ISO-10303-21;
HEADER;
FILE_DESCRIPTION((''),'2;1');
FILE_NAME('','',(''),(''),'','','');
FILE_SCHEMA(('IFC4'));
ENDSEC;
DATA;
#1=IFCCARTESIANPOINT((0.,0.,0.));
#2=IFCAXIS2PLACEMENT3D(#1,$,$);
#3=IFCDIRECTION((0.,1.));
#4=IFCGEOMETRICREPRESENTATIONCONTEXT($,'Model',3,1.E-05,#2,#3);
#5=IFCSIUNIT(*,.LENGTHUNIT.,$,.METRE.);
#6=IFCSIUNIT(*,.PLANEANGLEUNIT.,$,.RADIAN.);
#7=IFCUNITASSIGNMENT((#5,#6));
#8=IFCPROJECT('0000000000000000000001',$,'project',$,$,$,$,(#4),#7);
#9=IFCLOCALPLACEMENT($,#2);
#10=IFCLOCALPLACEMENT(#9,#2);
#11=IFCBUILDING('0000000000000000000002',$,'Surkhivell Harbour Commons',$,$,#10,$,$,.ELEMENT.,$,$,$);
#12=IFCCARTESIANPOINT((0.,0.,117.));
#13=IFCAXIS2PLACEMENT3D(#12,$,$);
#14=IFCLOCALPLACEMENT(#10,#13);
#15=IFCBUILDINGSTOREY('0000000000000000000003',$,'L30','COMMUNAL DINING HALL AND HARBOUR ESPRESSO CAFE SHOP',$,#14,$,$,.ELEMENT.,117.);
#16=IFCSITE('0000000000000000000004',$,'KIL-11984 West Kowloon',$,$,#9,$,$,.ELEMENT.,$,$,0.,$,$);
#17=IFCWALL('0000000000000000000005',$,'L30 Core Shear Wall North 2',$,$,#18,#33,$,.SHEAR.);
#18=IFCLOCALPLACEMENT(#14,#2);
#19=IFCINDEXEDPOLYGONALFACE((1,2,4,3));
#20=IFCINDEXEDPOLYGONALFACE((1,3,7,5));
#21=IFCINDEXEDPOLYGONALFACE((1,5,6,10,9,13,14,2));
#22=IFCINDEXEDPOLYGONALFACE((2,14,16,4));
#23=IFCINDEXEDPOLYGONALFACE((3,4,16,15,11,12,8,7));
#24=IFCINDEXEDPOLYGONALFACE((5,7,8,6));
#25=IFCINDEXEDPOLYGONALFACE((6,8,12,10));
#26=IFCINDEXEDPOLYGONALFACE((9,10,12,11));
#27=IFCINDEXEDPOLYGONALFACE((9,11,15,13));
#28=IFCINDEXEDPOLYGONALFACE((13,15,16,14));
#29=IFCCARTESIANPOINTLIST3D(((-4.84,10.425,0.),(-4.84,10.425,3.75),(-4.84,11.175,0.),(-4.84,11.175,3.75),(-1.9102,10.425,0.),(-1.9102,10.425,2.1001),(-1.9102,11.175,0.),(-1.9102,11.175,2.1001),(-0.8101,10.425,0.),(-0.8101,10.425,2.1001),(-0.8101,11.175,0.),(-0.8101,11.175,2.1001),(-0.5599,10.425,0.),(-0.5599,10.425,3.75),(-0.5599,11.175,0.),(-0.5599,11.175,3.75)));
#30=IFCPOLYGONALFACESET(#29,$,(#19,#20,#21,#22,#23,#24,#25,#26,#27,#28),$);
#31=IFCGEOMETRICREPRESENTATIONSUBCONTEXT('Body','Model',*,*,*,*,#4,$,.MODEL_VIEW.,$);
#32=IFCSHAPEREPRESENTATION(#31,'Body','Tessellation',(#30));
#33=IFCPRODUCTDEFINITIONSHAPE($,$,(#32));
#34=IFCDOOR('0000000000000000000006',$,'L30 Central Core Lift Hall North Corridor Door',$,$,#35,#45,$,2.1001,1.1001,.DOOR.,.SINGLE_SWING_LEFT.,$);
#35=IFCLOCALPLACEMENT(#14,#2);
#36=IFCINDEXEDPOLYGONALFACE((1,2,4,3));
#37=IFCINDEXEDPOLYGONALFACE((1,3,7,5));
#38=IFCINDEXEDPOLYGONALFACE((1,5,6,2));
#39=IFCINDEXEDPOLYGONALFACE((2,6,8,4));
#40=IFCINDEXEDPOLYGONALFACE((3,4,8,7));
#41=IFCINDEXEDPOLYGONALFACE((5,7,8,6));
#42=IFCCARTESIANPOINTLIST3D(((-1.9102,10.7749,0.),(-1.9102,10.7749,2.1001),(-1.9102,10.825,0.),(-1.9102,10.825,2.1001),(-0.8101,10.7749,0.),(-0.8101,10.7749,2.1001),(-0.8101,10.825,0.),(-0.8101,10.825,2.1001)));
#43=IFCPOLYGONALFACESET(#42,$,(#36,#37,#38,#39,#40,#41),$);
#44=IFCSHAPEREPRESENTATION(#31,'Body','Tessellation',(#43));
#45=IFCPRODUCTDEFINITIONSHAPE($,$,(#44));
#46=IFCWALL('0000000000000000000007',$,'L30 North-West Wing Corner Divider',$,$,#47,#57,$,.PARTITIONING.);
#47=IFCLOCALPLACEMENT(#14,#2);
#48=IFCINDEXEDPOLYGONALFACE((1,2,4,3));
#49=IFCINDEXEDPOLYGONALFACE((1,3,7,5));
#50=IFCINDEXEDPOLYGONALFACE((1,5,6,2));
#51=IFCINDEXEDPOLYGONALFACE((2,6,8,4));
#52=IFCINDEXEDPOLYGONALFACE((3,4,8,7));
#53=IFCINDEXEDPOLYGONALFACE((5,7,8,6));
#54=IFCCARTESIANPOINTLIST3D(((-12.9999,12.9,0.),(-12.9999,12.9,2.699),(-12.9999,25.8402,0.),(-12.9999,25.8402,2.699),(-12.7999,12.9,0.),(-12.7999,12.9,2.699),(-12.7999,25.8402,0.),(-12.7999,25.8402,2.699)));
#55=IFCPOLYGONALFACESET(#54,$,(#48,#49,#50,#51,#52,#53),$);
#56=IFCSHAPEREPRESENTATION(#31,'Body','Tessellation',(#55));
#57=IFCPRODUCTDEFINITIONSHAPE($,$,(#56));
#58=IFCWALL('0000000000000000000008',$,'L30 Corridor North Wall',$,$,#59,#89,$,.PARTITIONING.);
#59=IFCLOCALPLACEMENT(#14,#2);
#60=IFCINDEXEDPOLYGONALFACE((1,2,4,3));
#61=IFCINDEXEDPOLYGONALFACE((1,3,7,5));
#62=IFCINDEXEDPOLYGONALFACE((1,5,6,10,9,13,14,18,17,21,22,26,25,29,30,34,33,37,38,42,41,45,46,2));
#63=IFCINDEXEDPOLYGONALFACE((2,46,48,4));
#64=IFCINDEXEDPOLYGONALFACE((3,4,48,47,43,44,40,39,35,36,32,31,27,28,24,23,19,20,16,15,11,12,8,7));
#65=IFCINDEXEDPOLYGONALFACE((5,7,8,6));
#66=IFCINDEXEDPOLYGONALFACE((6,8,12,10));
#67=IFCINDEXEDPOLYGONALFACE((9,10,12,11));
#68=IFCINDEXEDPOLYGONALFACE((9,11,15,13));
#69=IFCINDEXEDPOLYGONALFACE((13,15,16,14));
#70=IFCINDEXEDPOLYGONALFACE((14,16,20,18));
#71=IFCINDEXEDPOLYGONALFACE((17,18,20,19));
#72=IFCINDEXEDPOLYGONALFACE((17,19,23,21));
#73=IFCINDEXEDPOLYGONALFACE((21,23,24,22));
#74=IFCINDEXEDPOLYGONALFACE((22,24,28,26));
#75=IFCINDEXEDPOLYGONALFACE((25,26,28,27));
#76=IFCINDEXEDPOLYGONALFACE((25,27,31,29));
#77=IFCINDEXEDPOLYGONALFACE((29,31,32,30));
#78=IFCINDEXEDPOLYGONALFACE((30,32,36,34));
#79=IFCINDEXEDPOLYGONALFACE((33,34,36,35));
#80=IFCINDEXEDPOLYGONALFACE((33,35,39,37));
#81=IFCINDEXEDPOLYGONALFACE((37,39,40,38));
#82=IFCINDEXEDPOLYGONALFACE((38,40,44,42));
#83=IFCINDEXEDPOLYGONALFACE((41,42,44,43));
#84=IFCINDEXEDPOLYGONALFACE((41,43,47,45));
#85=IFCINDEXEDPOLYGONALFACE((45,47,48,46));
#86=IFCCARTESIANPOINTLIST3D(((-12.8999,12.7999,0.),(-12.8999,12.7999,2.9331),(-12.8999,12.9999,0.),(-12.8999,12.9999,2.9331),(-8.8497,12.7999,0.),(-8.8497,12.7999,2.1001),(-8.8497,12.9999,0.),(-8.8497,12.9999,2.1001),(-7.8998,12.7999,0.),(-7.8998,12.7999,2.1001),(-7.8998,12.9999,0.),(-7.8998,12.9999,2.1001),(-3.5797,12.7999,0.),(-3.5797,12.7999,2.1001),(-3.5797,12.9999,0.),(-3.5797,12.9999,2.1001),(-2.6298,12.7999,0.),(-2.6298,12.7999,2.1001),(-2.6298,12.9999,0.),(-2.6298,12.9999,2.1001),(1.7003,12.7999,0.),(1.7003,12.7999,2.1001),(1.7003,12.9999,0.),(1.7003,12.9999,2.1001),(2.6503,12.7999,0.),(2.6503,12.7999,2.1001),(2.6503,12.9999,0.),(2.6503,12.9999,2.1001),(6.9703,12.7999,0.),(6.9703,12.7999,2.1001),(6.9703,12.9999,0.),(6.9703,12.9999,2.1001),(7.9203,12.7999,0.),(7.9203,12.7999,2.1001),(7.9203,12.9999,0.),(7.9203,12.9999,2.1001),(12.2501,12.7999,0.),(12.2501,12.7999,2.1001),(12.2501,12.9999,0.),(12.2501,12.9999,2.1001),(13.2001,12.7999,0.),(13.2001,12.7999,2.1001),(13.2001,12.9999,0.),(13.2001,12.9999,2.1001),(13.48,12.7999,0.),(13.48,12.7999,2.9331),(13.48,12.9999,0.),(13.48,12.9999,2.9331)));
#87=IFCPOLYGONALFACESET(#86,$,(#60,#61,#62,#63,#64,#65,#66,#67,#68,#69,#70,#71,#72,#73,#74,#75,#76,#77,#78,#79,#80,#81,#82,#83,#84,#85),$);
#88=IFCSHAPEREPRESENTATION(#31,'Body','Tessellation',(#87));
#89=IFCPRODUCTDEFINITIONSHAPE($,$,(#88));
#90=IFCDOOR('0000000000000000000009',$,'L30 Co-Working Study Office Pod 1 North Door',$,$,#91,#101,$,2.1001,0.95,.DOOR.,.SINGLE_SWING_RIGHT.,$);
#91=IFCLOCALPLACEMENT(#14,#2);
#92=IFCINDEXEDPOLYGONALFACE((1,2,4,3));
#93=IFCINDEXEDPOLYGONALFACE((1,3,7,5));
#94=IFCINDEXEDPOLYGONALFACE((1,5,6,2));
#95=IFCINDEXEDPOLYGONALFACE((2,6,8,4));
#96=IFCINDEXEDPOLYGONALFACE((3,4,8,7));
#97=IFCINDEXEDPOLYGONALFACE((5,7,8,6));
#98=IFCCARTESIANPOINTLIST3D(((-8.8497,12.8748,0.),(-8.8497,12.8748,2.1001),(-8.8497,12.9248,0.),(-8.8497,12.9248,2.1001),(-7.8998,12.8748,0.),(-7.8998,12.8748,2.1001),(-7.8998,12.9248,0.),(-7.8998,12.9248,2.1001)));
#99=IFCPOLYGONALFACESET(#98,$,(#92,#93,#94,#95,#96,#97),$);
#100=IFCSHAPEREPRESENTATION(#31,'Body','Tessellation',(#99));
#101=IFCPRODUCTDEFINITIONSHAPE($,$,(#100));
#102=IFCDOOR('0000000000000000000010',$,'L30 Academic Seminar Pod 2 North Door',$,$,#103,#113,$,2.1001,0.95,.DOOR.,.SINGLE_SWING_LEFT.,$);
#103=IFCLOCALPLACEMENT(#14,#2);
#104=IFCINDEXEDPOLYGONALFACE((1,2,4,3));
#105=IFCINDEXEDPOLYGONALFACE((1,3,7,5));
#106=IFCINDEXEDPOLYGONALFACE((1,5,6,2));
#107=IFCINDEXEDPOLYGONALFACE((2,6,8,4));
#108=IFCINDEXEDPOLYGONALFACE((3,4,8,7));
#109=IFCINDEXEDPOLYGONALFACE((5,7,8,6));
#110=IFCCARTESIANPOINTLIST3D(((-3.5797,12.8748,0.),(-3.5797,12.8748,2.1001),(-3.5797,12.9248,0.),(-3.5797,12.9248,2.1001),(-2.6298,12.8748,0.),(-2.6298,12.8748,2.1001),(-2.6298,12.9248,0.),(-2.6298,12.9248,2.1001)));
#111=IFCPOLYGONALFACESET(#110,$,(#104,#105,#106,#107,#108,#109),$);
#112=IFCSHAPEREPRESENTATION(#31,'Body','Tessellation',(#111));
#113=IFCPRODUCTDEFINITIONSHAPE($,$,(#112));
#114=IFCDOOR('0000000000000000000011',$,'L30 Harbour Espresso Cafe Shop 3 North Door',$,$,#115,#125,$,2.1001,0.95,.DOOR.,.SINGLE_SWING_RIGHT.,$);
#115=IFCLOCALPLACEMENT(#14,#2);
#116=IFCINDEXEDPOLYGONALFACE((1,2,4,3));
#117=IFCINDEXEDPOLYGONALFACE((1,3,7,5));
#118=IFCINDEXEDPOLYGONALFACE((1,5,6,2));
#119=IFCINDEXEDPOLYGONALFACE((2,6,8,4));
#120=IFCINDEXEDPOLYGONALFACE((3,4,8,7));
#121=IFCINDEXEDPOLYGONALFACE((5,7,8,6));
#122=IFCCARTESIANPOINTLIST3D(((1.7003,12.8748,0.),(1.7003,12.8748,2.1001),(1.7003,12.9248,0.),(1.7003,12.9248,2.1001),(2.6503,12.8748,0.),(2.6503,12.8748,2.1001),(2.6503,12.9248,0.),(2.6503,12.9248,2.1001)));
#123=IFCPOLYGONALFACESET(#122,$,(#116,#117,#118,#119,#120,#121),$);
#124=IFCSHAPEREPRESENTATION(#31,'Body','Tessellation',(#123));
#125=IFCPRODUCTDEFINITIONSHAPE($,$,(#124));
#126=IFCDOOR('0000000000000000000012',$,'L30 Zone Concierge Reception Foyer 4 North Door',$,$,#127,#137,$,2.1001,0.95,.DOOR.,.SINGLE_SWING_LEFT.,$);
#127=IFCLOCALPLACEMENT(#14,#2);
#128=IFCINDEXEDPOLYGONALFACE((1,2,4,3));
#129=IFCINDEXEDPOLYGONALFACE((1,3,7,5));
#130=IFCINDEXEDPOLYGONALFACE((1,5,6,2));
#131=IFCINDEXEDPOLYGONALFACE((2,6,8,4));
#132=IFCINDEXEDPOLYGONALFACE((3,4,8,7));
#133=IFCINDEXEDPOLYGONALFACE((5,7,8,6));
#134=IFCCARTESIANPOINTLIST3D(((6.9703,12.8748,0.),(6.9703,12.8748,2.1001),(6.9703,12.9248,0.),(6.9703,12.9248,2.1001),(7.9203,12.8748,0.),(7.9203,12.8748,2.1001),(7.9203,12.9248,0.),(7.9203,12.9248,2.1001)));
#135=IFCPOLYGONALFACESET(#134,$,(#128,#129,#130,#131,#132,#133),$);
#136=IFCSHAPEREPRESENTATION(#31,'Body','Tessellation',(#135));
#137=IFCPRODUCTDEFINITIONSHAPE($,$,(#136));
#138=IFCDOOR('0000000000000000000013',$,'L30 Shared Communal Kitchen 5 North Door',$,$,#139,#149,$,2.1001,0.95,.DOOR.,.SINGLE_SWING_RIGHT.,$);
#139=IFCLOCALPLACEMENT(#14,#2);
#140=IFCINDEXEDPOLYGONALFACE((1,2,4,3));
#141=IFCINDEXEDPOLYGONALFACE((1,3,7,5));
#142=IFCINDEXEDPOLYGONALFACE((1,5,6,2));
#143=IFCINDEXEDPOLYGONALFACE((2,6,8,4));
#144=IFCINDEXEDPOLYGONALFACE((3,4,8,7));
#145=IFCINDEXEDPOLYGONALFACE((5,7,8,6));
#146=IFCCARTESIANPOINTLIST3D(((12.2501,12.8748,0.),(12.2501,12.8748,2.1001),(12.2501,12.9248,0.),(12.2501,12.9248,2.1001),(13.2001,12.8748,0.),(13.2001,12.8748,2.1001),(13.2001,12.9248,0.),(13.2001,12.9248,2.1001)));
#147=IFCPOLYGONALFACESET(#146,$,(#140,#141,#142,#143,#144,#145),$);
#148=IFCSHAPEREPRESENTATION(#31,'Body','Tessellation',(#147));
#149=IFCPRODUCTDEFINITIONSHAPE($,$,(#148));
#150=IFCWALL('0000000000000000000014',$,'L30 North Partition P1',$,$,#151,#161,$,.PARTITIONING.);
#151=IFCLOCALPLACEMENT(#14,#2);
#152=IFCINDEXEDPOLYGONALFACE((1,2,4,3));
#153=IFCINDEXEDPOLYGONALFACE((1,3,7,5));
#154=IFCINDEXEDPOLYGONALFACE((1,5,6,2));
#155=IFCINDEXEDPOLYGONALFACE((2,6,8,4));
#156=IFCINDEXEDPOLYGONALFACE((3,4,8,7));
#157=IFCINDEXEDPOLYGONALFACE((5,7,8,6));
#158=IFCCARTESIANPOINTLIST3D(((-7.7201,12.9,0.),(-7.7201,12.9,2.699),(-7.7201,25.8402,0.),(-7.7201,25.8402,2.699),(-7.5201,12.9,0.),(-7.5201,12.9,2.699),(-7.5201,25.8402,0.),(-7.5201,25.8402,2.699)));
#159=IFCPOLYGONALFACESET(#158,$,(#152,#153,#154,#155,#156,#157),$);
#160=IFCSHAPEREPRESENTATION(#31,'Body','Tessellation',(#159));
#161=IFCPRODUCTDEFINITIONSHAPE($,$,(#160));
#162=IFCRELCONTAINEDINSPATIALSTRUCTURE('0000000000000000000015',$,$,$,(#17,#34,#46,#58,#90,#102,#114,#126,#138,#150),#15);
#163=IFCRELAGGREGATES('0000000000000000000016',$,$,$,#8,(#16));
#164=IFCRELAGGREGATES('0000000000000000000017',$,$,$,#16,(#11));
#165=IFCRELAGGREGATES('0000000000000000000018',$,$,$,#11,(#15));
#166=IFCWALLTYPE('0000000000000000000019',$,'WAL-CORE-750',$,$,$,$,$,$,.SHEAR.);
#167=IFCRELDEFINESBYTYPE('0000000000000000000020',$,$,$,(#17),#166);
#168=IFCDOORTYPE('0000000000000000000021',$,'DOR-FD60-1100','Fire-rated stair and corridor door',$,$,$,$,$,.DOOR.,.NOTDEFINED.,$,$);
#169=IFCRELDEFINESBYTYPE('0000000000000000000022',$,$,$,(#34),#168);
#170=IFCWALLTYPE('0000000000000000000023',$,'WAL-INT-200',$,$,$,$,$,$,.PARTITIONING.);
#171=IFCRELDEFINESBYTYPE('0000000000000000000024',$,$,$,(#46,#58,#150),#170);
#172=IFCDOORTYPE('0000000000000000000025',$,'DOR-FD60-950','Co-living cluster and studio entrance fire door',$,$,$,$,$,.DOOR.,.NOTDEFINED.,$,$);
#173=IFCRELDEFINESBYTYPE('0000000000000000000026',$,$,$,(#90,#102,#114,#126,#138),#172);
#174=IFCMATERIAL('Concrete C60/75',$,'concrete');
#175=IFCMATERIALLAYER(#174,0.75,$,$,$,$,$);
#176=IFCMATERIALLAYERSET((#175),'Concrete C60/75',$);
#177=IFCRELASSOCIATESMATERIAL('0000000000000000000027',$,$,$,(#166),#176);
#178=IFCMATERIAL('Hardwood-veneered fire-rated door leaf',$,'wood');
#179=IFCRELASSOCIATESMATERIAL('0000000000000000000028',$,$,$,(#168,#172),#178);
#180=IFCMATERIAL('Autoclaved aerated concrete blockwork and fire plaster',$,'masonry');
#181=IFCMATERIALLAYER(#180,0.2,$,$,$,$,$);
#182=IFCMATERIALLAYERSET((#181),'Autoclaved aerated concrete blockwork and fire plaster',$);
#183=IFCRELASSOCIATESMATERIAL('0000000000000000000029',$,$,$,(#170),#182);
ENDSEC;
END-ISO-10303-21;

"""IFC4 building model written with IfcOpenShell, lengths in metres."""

from ifc_helpers import new_model, si_unit, direction, frame, frame_2d, origin, place, context, subcontext, project, spatial, rectangle, extrude, material, layer, layer_set, type_object, element, fill, save


model = new_model("IFC4")

# Units and contexts
model_context = context("Model", 3, precision=1e-05, world=origin(), true_north=direction((0.0, 1.0)))
body_context = subcontext(model_context, "Body", "Model", "MODEL_VIEW")
ifc_project = project(units=[si_unit("LENGTHUNIT", "METRE"), si_unit("PLANEANGLEUNIT", "RADIAN")], contexts=[model_context])

# Site, building, storey
site_placement = place(None, origin())
site = spatial("IfcSite", under=ifc_project, at=site_placement, Name="KIL-11984 West Kowloon", CompositionType="ELEMENT", RefElevation=0.0)
building_placement = place(site_placement, origin())
building = spatial("IfcBuilding", under=site, at=building_placement, Name="Surkhivell Harbour Commons", CompositionType="ELEMENT")
storey_placement = place(building_placement, frame((0.0, 0.0, 117.0)))
storey = spatial("IfcBuildingStorey", under=building, at=storey_placement, Name="L30", Description="COMMUNAL DINING HALL AND HARBOUR ESPRESSO CAFE SHOP", CompositionType="ELEMENT", Elevation=117.0)

# Shared definitions
ifc_material_1 = material(Name="Concrete C60/75", Category="concrete")

# Shared definitions
ifc_layer_1 = layer(ifc_material_1, 0.75)
ifc_layer_set_1 = layer_set([ifc_layer_1], Name="Concrete C60/75")
wall_type_1 = type_object("IfcWallType", Name="WAL-CORE-750", PredefinedType="SHEAR", material=ifc_layer_set_1)

# Wall, opening, door
wall_1_placement = place(storey_placement, frame((-4.8401, 10.8, 0.0), z_axis=(0.0, 0.0, 1.0), x_axis=(1.0, 0.0, 0.0)))
wall_1 = element("IfcWall", 1, at=wall_1_placement, inside=storey, type_object=wall_type_1, Name="L30 Core Shear Wall North 2", PredefinedType="SHEAR", context=body_context, shape_type="SweptSolid", body=[
    extrude(rectangle(XDim=4.28, YDim=0.75, at=frame_2d((2.1401, 0.0))), origin(), (0.0, 0.0, 1.0), 3.75),
])
opening_1_placement = place(wall_1_placement, frame((2.9299, 0.0, 0.0)))
opening_1 = element("IfcOpeningElement", 2, at=opening_1_placement, cuts=wall_1, PredefinedType="OPENING", context=body_context, shape_type="SweptSolid", body=[
    extrude(rectangle(XDim=1.1001, YDim=2.1001, at=frame_2d((0.55, 1.05))), frame((0.0, 0.385, 0.0), z_axis=(0.0, -1.0, 0.0), x_axis=(1.0, 0.0, 0.0)), (0.0, 0.0, 1.0), 0.77),
])
ifc_material_2 = material(Name="Hardwood-veneered fire-rated door leaf", Category="wood")
door_type_1 = type_object("IfcDoorType", Name="DOR-FD60-1100", Description="Fire-rated stair and corridor door", OperationType="NOTDEFINED", PredefinedType="DOOR", material=ifc_material_2)
door_1_placement = place(opening_1_placement, origin())
door_1 = element("IfcDoor", 3, at=door_1_placement, inside=storey, type_object=door_type_1, Name="L30 Central Core Lift Hall North Corridor Door", OperationType="SINGLE_SWING_LEFT", OverallHeight=2.1001, OverallWidth=1.1001, PredefinedType="DOOR", context=body_context, shape_type="SweptSolid", body=[
    extrude(rectangle(XDim=1.1001, YDim=2.1001, at=frame_2d((0.55, 1.05))), frame((0.0, 0.0249, 0.0), z_axis=(0.0, -1.0, 0.0), x_axis=(1.0, 0.0, 0.0)), (0.0, 0.0, 1.0), 0.05),
])
fill(opening_1, door_1)

# Wall
ifc_material_3 = material(Name="Autoclaved aerated concrete blockwork and fire plaster", Category="masonry")
ifc_layer_2 = layer(ifc_material_3, 0.2)
ifc_layer_set_2 = layer_set([ifc_layer_2], Name="Autoclaved aerated concrete blockwork and fire plaster")
wall_type_2 = type_object("IfcWallType", Name="WAL-INT-200", PredefinedType="PARTITIONING", material=ifc_layer_set_2)
wall_2_placement = place(storey_placement, frame((-12.8999, 12.8999, 0.0), z_axis=(0.0, 0.0, 1.0), x_axis=(0.0, 1.0, 0.0)))
element("IfcWall", 4, at=wall_2_placement, inside=storey, type_object=wall_type_2, Name="L30 North-West Wing Corner Divider", PredefinedType="PARTITIONING", context=body_context, shape_type="SweptSolid", body=[
    extrude(rectangle(XDim=12.9402, YDim=0.2, at=frame_2d((6.4702, 0.0))), origin(), (0.0, 0.0, 1.0), 2.699),
])

# Wall, openings, doors
wall_3_placement = place(storey_placement, frame((-12.8999, 12.8999, 0.0), z_axis=(0.0, 0.0, 1.0), x_axis=(1.0, 0.0, 0.0)))
wall_3 = element("IfcWall", 5, at=wall_3_placement, inside=storey, type_object=wall_type_2, Name="L30 Corridor North Wall", PredefinedType="PARTITIONING", context=body_context, shape_type="SweptSolid", body=[
    extrude(rectangle(XDim=26.3799, YDim=0.2, at=frame_2d((13.1899, 0.0))), origin(), (0.0, 0.0, 1.0), 2.9331),
])
opening_2_placement = place(wall_3_placement, frame((4.05, 0.0, 0.0)))
opening_2 = element("IfcOpeningElement", 6, at=opening_2_placement, cuts=wall_3, PredefinedType="OPENING", context=body_context, shape_type="SweptSolid", body=[
    extrude(rectangle(XDim=0.95, YDim=2.1001, at=frame_2d((0.4751, 1.05))), frame((0.0, 0.1099, 0.0), z_axis=(0.0, -1.0, 0.0), x_axis=(1.0, 0.0, 0.0)), (0.0, 0.0, 1.0), 0.22),
])
opening_3_placement = place(wall_3_placement, frame((9.3201, 0.0, 0.0)))
opening_3 = element("IfcOpeningElement", 7, at=opening_3_placement, cuts=wall_3, PredefinedType="OPENING", context=body_context, shape_type="SweptSolid", body=[
    extrude(rectangle(XDim=0.95, YDim=2.1001, at=frame_2d((0.4751, 1.05))), frame((0.0, 0.1099, 0.0), z_axis=(0.0, -1.0, 0.0), x_axis=(1.0, 0.0, 0.0)), (0.0, 0.0, 1.0), 0.22),
])
opening_4_placement = place(wall_3_placement, frame((14.6001, 0.0, 0.0)))
opening_4 = element("IfcOpeningElement", 8, at=opening_4_placement, cuts=wall_3, PredefinedType="OPENING", context=body_context, shape_type="SweptSolid", body=[
    extrude(rectangle(XDim=0.95, YDim=2.1001, at=frame_2d((0.4751, 1.05))), frame((0.0, 0.1099, 0.0), z_axis=(0.0, -1.0, 0.0), x_axis=(1.0, 0.0, 0.0)), (0.0, 0.0, 1.0), 0.22),
])
opening_5_placement = place(wall_3_placement, frame((19.8701, 0.0, 0.0)))
opening_5 = element("IfcOpeningElement", 9, at=opening_5_placement, cuts=wall_3, PredefinedType="OPENING", context=body_context, shape_type="SweptSolid", body=[
    extrude(rectangle(XDim=0.95, YDim=2.1001, at=frame_2d((0.4751, 1.05))), frame((0.0, 0.1099, 0.0), z_axis=(0.0, -1.0, 0.0), x_axis=(1.0, 0.0, 0.0)), (0.0, 0.0, 1.0), 0.22),
])
opening_6_placement = place(wall_3_placement, frame((25.1499, 0.0, 0.0)))
opening_6 = element("IfcOpeningElement", 10, at=opening_6_placement, cuts=wall_3, PredefinedType="OPENING", context=body_context, shape_type="SweptSolid", body=[
    extrude(rectangle(XDim=0.95, YDim=2.1001, at=frame_2d((0.4751, 1.05))), frame((0.0, 0.1099, 0.0), z_axis=(0.0, -1.0, 0.0), x_axis=(1.0, 0.0, 0.0)), (0.0, 0.0, 1.0), 0.22),
])
door_type_2 = type_object("IfcDoorType", Name="DOR-FD60-950", Description="Co-living cluster and studio entrance fire door", OperationType="NOTDEFINED", PredefinedType="DOOR", material=ifc_material_2)
door_2_placement = place(opening_2_placement, origin())
door_2 = element("IfcDoor", 11, at=door_2_placement, inside=storey, type_object=door_type_2, Name="L30 Co-Working Study Office Pod 1 North Door", OperationType="SINGLE_SWING_RIGHT", OverallHeight=2.1001, OverallWidth=0.95, PredefinedType="DOOR", context=body_context, shape_type="SweptSolid", body=[
    extrude(rectangle(XDim=0.95, YDim=2.1001, at=frame_2d((0.4751, 1.05))), frame((0.0, 0.0249, 0.0), z_axis=(0.0, -1.0, 0.0), x_axis=(1.0, 0.0, 0.0)), (0.0, 0.0, 1.0), 0.05),
])
fill(opening_2, door_2)
door_3_placement = place(opening_3_placement, origin())
door_3 = element("IfcDoor", 12, at=door_3_placement, inside=storey, type_object=door_type_2, Name="L30 Academic Seminar Pod 2 North Door", OperationType="SINGLE_SWING_LEFT", OverallHeight=2.1001, OverallWidth=0.95, PredefinedType="DOOR", context=body_context, shape_type="SweptSolid", body=[
    extrude(rectangle(XDim=0.95, YDim=2.1001, at=frame_2d((0.4751, 1.05))), frame((0.0, 0.0249, 0.0), z_axis=(0.0, -1.0, 0.0), x_axis=(1.0, 0.0, 0.0)), (0.0, 0.0, 1.0), 0.05),
])
fill(opening_3, door_3)
door_4_placement = place(opening_4_placement, origin())
door_4 = element("IfcDoor", 13, at=door_4_placement, inside=storey, type_object=door_type_2, Name="L30 Harbour Espresso Cafe Shop 3 North Door", OperationType="SINGLE_SWING_RIGHT", OverallHeight=2.1001, OverallWidth=0.95, PredefinedType="DOOR", context=body_context, shape_type="SweptSolid", body=[
    extrude(rectangle(XDim=0.95, YDim=2.1001, at=frame_2d((0.4751, 1.05))), frame((0.0, 0.0249, 0.0), z_axis=(0.0, -1.0, 0.0), x_axis=(1.0, 0.0, 0.0)), (0.0, 0.0, 1.0), 0.05),
])
fill(opening_4, door_4)
door_5_placement = place(opening_5_placement, origin())
door_5 = element("IfcDoor", 14, at=door_5_placement, inside=storey, type_object=door_type_2, Name="L30 Zone Concierge Reception Foyer 4 North Door", OperationType="SINGLE_SWING_LEFT", OverallHeight=2.1001, OverallWidth=0.95, PredefinedType="DOOR", context=body_context, shape_type="SweptSolid", body=[
    extrude(rectangle(XDim=0.95, YDim=2.1001, at=frame_2d((0.4751, 1.05))), frame((0.0, 0.0249, 0.0), z_axis=(0.0, -1.0, 0.0), x_axis=(1.0, 0.0, 0.0)), (0.0, 0.0, 1.0), 0.05),
])
fill(opening_5, door_5)
door_6_placement = place(opening_6_placement, origin())
door_6 = element("IfcDoor", 15, at=door_6_placement, inside=storey, type_object=door_type_2, Name="L30 Shared Communal Kitchen 5 North Door", OperationType="SINGLE_SWING_RIGHT", OverallHeight=2.1001, OverallWidth=0.95, PredefinedType="DOOR", context=body_context, shape_type="SweptSolid", body=[
    extrude(rectangle(XDim=0.95, YDim=2.1001, at=frame_2d((0.4751, 1.05))), frame((0.0, 0.0249, 0.0), z_axis=(0.0, -1.0, 0.0), x_axis=(1.0, 0.0, 0.0)), (0.0, 0.0, 1.0), 0.05),
])
fill(opening_6, door_6)

# Wall
wall_4_placement = place(storey_placement, frame((-7.6201, 12.8999, 0.0), z_axis=(0.0, 0.0, 1.0), x_axis=(0.0, 1.0, 0.0)))
element("IfcWall", 16, at=wall_4_placement, inside=storey, type_object=wall_type_2, Name="L30 North Partition P1", PredefinedType="PARTITIONING", context=body_context, shape_type="SweptSolid", body=[
    extrude(rectangle(XDim=12.9402, YDim=0.2, at=frame_2d((6.4702, 0.0))), origin(), (0.0, 0.0, 1.0), 2.699),
])

save(model, "model.ifc")
